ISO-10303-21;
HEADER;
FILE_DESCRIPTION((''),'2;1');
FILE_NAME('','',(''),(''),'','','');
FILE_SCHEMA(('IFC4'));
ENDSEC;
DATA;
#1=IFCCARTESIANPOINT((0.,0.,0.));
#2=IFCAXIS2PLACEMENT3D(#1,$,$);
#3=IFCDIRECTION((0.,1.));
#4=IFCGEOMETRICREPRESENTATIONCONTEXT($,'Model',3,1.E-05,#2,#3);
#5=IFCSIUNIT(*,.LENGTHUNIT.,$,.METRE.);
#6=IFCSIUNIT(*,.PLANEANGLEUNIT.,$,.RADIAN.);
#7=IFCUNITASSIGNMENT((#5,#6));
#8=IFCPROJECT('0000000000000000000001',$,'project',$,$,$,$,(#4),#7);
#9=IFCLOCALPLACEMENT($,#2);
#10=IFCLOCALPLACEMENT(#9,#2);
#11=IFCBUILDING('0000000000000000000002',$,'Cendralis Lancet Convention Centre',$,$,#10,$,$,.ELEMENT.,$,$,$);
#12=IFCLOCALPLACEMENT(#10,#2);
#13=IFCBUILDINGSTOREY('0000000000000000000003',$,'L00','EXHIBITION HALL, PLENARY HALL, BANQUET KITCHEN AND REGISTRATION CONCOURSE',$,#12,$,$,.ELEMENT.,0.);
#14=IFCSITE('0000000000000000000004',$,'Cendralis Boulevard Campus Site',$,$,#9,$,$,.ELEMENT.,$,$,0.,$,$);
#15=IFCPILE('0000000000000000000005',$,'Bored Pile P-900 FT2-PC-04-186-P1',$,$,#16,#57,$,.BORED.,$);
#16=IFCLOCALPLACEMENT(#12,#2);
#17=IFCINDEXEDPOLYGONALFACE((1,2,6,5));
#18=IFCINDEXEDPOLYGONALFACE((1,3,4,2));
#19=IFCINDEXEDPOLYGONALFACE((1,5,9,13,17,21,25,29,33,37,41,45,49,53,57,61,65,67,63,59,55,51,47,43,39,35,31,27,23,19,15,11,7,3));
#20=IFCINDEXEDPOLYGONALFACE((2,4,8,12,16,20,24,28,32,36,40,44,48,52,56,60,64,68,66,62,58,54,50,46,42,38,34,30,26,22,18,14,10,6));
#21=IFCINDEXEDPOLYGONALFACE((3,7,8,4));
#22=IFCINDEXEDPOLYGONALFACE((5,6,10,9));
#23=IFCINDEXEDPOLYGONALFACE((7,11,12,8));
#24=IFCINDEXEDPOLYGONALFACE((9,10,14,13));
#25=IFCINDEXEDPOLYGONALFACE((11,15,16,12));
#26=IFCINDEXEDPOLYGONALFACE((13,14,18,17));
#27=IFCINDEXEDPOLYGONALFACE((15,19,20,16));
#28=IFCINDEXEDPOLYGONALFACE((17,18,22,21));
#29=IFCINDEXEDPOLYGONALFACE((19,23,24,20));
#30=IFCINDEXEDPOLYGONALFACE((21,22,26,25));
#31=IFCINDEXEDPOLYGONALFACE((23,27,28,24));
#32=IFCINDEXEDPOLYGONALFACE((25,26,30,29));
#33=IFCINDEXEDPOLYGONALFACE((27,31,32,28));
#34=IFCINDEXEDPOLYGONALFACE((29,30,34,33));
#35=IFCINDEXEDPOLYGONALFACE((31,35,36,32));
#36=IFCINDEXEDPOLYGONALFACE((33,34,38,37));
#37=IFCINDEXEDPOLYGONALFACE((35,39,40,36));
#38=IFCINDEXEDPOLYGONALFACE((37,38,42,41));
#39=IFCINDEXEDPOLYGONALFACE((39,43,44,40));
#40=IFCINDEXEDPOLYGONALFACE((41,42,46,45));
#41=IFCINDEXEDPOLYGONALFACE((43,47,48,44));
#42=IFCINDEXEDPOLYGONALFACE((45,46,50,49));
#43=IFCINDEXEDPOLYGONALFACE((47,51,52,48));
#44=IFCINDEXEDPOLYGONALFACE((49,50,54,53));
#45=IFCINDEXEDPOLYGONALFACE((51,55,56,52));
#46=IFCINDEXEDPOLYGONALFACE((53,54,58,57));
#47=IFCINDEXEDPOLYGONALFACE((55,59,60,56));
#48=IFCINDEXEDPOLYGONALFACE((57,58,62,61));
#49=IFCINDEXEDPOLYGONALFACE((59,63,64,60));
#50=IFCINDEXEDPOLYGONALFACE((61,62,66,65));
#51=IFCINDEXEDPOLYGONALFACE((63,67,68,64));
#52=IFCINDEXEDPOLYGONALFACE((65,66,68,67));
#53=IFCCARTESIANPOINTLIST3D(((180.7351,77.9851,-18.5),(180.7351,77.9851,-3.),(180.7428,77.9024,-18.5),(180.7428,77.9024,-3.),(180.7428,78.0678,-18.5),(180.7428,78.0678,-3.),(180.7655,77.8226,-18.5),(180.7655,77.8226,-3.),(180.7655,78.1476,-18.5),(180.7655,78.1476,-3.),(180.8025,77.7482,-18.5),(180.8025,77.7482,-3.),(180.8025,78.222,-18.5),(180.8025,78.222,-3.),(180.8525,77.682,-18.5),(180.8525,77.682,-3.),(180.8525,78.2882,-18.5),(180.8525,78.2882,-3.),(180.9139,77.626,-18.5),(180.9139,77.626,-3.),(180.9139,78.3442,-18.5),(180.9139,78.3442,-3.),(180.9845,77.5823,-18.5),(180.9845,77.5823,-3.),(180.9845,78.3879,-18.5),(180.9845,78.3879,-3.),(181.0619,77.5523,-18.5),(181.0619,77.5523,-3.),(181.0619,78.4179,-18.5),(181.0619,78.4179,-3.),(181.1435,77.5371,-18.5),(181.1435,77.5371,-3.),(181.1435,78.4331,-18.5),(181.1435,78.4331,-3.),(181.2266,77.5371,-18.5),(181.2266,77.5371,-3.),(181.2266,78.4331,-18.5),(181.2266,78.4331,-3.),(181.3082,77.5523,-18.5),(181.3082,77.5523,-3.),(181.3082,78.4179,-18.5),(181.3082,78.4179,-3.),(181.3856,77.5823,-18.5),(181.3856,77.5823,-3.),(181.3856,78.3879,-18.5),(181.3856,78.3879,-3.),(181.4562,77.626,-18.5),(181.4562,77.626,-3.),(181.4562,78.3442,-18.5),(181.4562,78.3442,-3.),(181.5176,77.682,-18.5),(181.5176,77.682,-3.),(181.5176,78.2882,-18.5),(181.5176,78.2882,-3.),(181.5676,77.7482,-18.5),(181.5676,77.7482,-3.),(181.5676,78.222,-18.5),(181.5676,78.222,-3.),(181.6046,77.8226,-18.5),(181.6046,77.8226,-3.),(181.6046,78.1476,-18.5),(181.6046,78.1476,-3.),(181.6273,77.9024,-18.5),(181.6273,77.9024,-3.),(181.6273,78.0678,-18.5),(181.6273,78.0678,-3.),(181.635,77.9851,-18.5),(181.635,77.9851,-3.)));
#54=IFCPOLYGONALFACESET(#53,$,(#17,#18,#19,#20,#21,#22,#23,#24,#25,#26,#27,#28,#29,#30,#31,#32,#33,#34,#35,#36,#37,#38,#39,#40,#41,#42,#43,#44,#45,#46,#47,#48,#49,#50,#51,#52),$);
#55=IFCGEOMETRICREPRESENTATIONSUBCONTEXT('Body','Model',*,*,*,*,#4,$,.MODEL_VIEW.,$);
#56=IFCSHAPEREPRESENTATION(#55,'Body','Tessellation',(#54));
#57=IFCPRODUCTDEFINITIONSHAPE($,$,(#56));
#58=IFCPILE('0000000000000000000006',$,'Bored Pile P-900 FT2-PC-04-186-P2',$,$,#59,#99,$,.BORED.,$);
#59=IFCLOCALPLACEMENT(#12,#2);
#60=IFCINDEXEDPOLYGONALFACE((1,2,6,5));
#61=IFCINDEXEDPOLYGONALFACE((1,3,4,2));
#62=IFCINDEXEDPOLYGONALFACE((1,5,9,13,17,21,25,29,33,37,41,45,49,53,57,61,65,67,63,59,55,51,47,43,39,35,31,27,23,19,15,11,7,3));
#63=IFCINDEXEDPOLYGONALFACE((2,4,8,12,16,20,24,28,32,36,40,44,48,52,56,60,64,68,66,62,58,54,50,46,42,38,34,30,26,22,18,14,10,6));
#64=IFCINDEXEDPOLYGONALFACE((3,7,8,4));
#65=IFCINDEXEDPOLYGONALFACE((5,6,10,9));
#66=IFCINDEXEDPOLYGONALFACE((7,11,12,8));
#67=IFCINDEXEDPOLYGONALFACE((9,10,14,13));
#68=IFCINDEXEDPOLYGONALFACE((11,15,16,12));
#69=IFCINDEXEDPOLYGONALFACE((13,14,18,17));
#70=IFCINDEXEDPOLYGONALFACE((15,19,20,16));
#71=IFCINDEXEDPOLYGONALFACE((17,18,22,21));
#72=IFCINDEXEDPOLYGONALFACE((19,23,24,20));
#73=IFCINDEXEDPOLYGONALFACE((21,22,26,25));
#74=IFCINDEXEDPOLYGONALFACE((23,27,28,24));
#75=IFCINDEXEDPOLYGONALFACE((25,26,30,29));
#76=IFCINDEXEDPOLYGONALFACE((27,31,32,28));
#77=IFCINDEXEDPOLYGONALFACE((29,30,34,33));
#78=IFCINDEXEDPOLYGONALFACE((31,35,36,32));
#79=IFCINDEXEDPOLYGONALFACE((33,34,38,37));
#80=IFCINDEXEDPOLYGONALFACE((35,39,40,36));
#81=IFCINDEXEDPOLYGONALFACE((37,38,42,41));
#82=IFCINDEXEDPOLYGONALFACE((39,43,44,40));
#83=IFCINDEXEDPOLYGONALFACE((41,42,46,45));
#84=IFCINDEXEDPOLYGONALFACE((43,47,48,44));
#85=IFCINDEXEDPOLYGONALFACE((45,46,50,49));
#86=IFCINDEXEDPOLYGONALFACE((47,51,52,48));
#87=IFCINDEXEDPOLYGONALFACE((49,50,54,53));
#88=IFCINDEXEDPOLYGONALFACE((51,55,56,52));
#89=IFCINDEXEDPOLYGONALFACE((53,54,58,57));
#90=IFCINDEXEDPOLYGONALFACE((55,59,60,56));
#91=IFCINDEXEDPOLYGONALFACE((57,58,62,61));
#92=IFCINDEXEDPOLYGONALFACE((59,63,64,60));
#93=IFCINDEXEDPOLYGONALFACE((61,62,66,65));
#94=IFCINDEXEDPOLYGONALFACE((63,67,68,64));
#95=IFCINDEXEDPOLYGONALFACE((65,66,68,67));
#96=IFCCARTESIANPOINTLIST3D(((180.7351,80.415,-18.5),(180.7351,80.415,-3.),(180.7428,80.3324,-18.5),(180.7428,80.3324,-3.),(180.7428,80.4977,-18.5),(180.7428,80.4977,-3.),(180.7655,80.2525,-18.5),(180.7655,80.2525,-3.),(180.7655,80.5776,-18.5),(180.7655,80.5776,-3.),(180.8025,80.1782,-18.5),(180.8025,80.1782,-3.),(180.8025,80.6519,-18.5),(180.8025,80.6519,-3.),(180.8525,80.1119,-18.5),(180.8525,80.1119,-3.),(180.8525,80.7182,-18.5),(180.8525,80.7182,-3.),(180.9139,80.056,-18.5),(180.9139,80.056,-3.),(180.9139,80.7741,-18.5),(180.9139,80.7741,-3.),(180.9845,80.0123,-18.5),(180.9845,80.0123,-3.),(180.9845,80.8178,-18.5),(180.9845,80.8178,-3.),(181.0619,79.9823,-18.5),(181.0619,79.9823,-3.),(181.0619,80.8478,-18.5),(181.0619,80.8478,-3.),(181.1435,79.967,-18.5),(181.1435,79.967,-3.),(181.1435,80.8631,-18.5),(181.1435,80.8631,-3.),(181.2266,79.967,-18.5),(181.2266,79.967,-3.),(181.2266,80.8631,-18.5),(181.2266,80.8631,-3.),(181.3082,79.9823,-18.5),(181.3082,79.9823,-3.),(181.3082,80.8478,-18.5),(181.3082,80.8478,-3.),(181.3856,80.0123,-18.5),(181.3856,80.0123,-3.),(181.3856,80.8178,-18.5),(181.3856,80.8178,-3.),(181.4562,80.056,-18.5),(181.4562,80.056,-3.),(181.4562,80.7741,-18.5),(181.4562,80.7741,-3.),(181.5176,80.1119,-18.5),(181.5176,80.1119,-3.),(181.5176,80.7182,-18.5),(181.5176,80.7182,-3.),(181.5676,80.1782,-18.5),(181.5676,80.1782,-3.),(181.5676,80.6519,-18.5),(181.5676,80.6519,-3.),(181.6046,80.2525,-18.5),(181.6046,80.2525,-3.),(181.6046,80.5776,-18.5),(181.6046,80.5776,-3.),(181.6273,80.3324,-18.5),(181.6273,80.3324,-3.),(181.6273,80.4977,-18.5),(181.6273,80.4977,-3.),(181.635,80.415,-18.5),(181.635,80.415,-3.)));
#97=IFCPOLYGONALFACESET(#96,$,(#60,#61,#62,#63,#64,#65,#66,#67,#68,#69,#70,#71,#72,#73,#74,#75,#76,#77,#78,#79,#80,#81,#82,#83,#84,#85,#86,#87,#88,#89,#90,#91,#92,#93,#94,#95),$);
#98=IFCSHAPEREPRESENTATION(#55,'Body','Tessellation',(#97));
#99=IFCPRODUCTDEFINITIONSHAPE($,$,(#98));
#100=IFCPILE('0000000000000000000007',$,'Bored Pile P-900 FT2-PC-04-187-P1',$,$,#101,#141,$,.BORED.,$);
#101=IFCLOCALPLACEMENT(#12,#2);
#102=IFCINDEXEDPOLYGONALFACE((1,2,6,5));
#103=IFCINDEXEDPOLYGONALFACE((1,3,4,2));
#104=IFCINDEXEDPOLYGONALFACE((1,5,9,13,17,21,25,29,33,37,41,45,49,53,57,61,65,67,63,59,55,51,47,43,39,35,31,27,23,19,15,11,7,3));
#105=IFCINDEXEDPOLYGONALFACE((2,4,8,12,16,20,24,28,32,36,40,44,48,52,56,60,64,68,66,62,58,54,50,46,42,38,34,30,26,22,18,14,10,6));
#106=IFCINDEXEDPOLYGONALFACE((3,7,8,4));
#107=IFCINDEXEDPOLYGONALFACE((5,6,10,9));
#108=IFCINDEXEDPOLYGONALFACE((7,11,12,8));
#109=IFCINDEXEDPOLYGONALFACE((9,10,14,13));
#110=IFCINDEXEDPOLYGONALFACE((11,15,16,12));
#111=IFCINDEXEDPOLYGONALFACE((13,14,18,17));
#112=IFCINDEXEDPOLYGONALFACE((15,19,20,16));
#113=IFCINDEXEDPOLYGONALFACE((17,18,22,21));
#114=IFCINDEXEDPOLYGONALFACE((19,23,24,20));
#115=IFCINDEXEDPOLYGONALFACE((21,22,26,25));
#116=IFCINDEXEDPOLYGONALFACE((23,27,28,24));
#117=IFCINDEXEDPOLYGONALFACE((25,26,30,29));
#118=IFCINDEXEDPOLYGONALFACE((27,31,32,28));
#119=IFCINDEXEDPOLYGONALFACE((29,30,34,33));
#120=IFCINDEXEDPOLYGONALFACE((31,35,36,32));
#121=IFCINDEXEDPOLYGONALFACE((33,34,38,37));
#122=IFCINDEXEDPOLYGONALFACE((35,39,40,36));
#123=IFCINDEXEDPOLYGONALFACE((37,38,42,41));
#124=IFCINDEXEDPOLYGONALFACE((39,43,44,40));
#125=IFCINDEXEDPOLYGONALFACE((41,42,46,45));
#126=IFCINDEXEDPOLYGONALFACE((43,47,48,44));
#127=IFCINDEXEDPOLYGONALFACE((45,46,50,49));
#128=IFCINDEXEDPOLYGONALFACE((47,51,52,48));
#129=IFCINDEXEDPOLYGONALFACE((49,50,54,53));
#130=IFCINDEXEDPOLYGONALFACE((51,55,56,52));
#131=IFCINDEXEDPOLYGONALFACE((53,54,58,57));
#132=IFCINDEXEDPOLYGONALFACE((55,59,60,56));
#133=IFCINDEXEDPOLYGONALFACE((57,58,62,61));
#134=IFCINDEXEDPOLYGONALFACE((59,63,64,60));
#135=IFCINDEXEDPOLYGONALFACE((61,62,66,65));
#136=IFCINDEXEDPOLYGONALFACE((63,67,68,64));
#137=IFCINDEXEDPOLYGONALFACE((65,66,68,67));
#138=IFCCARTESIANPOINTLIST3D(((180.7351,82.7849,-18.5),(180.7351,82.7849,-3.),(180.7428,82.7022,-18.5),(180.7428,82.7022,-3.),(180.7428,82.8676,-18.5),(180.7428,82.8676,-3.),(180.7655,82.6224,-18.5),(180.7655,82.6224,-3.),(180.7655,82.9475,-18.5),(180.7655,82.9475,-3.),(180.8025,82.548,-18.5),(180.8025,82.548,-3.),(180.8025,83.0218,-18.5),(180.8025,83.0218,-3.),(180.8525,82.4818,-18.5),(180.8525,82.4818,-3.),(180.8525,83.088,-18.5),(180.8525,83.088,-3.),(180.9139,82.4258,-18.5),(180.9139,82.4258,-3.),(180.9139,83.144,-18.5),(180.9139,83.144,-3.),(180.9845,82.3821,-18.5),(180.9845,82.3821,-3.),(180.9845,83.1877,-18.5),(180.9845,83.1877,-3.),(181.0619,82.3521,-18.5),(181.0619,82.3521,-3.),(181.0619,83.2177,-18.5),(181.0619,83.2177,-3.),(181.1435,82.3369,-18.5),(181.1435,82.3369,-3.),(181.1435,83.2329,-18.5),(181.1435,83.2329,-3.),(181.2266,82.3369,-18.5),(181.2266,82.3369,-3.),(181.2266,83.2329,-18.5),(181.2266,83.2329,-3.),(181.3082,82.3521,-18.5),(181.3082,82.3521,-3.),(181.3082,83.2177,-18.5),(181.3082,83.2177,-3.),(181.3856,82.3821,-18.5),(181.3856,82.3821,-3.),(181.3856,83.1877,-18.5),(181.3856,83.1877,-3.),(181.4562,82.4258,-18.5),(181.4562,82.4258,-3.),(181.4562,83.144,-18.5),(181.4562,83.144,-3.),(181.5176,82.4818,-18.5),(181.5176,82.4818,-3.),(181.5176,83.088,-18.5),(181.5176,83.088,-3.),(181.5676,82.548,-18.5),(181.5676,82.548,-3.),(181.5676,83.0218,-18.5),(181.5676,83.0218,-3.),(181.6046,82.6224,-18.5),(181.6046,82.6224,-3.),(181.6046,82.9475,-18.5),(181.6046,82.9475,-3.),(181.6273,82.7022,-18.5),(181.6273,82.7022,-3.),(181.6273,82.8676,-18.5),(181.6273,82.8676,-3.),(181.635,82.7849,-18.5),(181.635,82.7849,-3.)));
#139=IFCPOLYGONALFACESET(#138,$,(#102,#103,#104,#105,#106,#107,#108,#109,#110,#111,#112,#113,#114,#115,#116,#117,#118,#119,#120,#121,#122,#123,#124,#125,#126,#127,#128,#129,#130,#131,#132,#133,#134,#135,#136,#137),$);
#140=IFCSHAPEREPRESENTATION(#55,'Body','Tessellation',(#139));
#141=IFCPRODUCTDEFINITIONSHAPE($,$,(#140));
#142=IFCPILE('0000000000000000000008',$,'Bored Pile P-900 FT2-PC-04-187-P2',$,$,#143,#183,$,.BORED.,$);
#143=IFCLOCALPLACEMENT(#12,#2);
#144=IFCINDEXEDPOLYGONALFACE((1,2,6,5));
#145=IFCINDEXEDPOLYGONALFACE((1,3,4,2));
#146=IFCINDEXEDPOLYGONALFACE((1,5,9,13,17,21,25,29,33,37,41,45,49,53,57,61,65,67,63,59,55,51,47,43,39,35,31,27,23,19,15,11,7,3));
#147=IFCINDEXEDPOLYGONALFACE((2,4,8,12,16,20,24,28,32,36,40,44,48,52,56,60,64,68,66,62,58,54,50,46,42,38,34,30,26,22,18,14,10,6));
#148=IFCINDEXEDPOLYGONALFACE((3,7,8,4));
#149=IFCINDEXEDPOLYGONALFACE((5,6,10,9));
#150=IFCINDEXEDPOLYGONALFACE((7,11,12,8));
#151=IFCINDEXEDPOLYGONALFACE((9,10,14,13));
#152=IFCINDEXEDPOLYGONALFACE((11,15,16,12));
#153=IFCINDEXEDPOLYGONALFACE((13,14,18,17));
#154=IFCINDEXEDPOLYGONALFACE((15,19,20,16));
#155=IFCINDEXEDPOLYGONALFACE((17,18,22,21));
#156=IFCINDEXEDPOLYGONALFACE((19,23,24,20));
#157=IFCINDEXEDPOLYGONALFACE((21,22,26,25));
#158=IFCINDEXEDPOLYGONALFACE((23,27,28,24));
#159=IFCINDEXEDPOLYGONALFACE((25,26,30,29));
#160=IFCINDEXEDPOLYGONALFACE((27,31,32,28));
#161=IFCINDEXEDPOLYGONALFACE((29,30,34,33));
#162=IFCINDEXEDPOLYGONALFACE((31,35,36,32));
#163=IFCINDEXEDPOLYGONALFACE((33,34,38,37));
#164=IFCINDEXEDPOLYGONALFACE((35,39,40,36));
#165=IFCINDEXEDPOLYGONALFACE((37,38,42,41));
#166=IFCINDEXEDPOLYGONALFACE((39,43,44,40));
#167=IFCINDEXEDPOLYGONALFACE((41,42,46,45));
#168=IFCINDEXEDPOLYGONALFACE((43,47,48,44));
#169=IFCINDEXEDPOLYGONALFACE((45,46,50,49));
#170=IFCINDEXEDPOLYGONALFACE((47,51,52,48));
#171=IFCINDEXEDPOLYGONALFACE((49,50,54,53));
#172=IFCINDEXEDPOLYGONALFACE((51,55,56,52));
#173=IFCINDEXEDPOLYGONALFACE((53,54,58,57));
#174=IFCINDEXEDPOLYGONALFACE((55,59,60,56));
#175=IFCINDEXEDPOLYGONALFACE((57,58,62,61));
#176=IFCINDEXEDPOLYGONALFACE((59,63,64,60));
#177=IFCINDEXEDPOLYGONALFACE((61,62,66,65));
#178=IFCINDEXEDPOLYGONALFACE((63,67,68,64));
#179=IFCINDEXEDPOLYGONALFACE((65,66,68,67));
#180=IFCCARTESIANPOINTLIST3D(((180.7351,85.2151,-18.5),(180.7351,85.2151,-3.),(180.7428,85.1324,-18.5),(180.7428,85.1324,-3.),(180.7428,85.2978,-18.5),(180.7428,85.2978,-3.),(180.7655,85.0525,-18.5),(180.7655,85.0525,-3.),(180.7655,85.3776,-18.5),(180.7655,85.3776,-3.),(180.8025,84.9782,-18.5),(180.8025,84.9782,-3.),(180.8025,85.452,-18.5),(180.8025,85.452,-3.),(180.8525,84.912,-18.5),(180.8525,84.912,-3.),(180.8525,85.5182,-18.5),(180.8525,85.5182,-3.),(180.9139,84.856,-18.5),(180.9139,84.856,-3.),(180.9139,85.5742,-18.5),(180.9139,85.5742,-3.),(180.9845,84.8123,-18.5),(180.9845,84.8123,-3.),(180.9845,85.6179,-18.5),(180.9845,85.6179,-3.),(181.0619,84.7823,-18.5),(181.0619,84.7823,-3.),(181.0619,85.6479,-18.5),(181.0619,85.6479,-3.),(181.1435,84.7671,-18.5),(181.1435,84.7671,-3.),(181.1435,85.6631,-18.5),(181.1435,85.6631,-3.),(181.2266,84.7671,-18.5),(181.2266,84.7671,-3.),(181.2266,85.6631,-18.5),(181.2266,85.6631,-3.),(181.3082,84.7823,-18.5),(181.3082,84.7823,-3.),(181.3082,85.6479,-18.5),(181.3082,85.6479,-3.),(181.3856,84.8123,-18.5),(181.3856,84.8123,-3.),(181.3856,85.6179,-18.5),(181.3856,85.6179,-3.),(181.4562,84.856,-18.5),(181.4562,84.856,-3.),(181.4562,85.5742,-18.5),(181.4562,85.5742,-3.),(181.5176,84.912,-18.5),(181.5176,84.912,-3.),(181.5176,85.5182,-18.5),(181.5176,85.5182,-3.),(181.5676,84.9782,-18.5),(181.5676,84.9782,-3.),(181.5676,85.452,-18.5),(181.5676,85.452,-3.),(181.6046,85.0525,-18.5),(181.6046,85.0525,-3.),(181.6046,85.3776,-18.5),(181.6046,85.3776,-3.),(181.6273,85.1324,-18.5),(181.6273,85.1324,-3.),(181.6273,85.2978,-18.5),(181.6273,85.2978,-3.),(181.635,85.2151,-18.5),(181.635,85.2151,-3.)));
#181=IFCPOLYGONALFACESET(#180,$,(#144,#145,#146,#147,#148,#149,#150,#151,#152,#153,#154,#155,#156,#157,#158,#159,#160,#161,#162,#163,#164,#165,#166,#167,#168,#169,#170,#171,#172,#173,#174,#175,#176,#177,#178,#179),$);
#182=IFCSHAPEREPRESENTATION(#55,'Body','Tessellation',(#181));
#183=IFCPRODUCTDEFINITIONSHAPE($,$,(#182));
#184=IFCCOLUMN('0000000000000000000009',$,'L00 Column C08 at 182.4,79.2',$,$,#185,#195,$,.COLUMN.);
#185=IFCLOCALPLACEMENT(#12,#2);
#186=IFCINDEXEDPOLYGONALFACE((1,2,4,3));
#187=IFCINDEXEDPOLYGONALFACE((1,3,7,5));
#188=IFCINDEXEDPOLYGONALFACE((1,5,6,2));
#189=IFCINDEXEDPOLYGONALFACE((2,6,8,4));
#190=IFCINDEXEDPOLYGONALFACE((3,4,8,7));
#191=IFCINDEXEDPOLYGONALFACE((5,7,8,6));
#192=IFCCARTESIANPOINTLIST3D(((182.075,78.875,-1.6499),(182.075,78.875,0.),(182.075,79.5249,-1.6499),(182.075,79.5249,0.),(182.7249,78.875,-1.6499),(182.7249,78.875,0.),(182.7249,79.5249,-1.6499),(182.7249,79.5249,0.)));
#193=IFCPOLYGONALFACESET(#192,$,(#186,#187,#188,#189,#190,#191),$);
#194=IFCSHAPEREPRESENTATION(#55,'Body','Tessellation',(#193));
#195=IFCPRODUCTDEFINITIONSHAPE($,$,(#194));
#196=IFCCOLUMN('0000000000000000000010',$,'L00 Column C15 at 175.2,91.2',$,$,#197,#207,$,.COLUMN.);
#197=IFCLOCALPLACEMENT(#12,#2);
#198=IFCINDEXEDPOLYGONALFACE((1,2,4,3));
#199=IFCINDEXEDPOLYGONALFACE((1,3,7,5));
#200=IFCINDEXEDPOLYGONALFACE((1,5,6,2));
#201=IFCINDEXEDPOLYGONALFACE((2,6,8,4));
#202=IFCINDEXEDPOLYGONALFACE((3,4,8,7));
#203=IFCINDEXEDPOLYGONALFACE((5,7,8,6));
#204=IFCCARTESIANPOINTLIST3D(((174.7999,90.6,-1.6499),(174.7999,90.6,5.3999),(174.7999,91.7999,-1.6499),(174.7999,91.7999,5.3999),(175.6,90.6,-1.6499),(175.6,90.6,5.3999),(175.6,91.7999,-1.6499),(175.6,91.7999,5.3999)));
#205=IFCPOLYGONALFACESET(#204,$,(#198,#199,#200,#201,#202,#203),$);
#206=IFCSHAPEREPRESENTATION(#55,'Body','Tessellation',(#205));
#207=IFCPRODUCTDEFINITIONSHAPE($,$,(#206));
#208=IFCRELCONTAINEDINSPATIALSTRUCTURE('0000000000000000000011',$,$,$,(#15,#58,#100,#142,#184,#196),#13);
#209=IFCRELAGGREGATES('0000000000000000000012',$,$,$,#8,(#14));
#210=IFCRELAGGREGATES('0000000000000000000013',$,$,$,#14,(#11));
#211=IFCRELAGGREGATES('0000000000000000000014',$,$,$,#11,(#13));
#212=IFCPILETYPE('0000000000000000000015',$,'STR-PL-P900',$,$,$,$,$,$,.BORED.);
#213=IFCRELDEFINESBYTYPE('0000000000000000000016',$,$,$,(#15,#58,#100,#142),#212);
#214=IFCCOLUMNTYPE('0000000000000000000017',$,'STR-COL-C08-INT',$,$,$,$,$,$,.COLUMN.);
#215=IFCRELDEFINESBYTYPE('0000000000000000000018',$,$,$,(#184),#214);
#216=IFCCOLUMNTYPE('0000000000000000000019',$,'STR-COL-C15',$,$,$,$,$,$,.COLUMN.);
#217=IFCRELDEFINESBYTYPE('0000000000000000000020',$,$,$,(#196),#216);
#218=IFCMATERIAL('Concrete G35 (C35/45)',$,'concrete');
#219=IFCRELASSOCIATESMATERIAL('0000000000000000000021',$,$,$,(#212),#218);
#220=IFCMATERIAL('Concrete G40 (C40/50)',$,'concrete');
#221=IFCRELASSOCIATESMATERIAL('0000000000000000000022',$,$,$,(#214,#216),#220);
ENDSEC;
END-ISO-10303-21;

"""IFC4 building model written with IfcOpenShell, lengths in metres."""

from ifc_helpers import new_model, si_unit, direction, frame, origin, origin_2d, place, context, subcontext, project, spatial, rectangle, circle, extrude, material, material_profile, profile_set, type_object, element, save


model = new_model("IFC4")

# Units and contexts
model_context = context("Model", 3, precision=1e-05, world=origin(), true_north=direction((0.0, 1.0)))
body_context = subcontext(model_context, "Body", "Model", "MODEL_VIEW")
ifc_project = project(units=[si_unit("LENGTHUNIT", "METRE"), si_unit("PLANEANGLEUNIT", "RADIAN")], contexts=[model_context])

# Site, building, storey
site_placement = place(None, origin())
site = spatial("IfcSite", under=ifc_project, at=site_placement, Name="Cendralis Boulevard Campus Site", CompositionType="ELEMENT", RefElevation=0.0)
building_placement = place(site_placement, origin())
building = spatial("IfcBuilding", under=site, at=building_placement, Name="Cendralis Lancet Convention Centre", CompositionType="ELEMENT")
storey_placement = place(building_placement, origin())
storey = spatial("IfcBuildingStorey", under=building, at=storey_placement, Name="L00", Description="EXHIBITION HALL, PLENARY HALL, BANQUET KITCHEN AND REGISTRATION CONCOURSE", CompositionType="ELEMENT", Elevation=0.0)

# Shared definitions
ifc_material_1 = material(Name="Concrete G35 (C35/45)", Category="concrete")

# Piles
ifc_material_profile_1 = material_profile(ifc_material_1, circle(Radius=0.45, at=origin_2d()), Name="BORED PILE D900")
ifc_profile_set_1 = profile_set([ifc_material_profile_1], Name="Concrete G35 (C35/45)")
pile_type_1 = type_object("IfcPileType", Name="STR-PL-P900", PredefinedType="BORED", material=ifc_profile_set_1)
for number, where, z_axis, x_axis, name in (
    (1, (181.1851, 77.9851, -3.0), (0.0, 0.0, -1.0), (1.0, 0.0, 0.0), "Bored Pile P-900 FT2-PC-04-186-P1"),
    (2, (181.1851, 80.415, -3.0), (0.0, 0.0, -1.0), (1.0, 0.0, 0.0), "Bored Pile P-900 FT2-PC-04-186-P2"),
    (3, (181.1851, 82.7849, -3.0), (0.0, 0.0, -1.0), (1.0, 0.0, 0.0), "Bored Pile P-900 FT2-PC-04-187-P1"),
    (4, (181.1851, 85.2151, -3.0), (0.0, 0.0, -1.0), (1.0, 0.0, 0.0), "Bored Pile P-900 FT2-PC-04-187-P2"),
):
    element("IfcPile", number, at=place(storey_placement, frame(where, z_axis=z_axis, x_axis=x_axis)), inside=storey, type_object=pile_type_1, Name=name, PredefinedType="BORED", context=body_context, shape_type="SweptSolid", body=[
        extrude(circle(Radius=0.45, at=origin_2d()), origin(), (0.0, 0.0, 1.0), 15.5),
    ])

# Columns
ifc_material_2 = material(Name="Concrete G40 (C40/50)", Category="concrete")
ifc_material_profile_2 = material_profile(ifc_material_2, rectangle(XDim=0.6499, YDim=0.6499, at=origin_2d()), Name="RC 650x650")
ifc_profile_set_2 = profile_set([ifc_material_profile_2], Name="Concrete G40 (C40/50)")
column_type_1 = type_object("IfcColumnType", Name="STR-COL-C08-INT", PredefinedType="COLUMN", material=ifc_profile_set_2)
column_1_placement = place(storey_placement, frame((182.3999, 79.2, -1.6499), z_axis=(0.0, 0.0, 1.0), x_axis=(1.0, 0.0, 0.0)))
element("IfcColumn", 5, at=column_1_placement, inside=storey, type_object=column_type_1, Name="L00 Column C08 at 182.4,79.2", PredefinedType="COLUMN", context=body_context, shape_type="SweptSolid", body=[
    extrude(rectangle(XDim=0.6499, YDim=0.6499, at=origin_2d()), origin(), (0.0, 0.0, 1.0), 1.6499),
])
ifc_material_profile_3 = material_profile(ifc_material_2, rectangle(XDim=0.8, YDim=1.2, at=origin_2d()), Name="RC 800x1200")
ifc_profile_set_3 = profile_set([ifc_material_profile_3], Name="Concrete G40 (C40/50)")
column_type_2 = type_object("IfcColumnType", Name="STR-COL-C15", PredefinedType="COLUMN", material=ifc_profile_set_3)
column_2_placement = place(storey_placement, frame((175.2, 91.2, -1.6499), z_axis=(0.0, 0.0, 1.0), x_axis=(1.0, 0.0, 0.0)))
element("IfcColumn", 6, at=column_2_placement, inside=storey, type_object=column_type_2, Name="L00 Column C15 at 175.2,91.2", PredefinedType="COLUMN", context=body_context, shape_type="SweptSolid", body=[
    extrude(rectangle(XDim=0.8, YDim=1.2, at=origin_2d()), origin(), (0.0, 0.0, 1.0), 7.0498),
])

save(model, "model.ifc")
